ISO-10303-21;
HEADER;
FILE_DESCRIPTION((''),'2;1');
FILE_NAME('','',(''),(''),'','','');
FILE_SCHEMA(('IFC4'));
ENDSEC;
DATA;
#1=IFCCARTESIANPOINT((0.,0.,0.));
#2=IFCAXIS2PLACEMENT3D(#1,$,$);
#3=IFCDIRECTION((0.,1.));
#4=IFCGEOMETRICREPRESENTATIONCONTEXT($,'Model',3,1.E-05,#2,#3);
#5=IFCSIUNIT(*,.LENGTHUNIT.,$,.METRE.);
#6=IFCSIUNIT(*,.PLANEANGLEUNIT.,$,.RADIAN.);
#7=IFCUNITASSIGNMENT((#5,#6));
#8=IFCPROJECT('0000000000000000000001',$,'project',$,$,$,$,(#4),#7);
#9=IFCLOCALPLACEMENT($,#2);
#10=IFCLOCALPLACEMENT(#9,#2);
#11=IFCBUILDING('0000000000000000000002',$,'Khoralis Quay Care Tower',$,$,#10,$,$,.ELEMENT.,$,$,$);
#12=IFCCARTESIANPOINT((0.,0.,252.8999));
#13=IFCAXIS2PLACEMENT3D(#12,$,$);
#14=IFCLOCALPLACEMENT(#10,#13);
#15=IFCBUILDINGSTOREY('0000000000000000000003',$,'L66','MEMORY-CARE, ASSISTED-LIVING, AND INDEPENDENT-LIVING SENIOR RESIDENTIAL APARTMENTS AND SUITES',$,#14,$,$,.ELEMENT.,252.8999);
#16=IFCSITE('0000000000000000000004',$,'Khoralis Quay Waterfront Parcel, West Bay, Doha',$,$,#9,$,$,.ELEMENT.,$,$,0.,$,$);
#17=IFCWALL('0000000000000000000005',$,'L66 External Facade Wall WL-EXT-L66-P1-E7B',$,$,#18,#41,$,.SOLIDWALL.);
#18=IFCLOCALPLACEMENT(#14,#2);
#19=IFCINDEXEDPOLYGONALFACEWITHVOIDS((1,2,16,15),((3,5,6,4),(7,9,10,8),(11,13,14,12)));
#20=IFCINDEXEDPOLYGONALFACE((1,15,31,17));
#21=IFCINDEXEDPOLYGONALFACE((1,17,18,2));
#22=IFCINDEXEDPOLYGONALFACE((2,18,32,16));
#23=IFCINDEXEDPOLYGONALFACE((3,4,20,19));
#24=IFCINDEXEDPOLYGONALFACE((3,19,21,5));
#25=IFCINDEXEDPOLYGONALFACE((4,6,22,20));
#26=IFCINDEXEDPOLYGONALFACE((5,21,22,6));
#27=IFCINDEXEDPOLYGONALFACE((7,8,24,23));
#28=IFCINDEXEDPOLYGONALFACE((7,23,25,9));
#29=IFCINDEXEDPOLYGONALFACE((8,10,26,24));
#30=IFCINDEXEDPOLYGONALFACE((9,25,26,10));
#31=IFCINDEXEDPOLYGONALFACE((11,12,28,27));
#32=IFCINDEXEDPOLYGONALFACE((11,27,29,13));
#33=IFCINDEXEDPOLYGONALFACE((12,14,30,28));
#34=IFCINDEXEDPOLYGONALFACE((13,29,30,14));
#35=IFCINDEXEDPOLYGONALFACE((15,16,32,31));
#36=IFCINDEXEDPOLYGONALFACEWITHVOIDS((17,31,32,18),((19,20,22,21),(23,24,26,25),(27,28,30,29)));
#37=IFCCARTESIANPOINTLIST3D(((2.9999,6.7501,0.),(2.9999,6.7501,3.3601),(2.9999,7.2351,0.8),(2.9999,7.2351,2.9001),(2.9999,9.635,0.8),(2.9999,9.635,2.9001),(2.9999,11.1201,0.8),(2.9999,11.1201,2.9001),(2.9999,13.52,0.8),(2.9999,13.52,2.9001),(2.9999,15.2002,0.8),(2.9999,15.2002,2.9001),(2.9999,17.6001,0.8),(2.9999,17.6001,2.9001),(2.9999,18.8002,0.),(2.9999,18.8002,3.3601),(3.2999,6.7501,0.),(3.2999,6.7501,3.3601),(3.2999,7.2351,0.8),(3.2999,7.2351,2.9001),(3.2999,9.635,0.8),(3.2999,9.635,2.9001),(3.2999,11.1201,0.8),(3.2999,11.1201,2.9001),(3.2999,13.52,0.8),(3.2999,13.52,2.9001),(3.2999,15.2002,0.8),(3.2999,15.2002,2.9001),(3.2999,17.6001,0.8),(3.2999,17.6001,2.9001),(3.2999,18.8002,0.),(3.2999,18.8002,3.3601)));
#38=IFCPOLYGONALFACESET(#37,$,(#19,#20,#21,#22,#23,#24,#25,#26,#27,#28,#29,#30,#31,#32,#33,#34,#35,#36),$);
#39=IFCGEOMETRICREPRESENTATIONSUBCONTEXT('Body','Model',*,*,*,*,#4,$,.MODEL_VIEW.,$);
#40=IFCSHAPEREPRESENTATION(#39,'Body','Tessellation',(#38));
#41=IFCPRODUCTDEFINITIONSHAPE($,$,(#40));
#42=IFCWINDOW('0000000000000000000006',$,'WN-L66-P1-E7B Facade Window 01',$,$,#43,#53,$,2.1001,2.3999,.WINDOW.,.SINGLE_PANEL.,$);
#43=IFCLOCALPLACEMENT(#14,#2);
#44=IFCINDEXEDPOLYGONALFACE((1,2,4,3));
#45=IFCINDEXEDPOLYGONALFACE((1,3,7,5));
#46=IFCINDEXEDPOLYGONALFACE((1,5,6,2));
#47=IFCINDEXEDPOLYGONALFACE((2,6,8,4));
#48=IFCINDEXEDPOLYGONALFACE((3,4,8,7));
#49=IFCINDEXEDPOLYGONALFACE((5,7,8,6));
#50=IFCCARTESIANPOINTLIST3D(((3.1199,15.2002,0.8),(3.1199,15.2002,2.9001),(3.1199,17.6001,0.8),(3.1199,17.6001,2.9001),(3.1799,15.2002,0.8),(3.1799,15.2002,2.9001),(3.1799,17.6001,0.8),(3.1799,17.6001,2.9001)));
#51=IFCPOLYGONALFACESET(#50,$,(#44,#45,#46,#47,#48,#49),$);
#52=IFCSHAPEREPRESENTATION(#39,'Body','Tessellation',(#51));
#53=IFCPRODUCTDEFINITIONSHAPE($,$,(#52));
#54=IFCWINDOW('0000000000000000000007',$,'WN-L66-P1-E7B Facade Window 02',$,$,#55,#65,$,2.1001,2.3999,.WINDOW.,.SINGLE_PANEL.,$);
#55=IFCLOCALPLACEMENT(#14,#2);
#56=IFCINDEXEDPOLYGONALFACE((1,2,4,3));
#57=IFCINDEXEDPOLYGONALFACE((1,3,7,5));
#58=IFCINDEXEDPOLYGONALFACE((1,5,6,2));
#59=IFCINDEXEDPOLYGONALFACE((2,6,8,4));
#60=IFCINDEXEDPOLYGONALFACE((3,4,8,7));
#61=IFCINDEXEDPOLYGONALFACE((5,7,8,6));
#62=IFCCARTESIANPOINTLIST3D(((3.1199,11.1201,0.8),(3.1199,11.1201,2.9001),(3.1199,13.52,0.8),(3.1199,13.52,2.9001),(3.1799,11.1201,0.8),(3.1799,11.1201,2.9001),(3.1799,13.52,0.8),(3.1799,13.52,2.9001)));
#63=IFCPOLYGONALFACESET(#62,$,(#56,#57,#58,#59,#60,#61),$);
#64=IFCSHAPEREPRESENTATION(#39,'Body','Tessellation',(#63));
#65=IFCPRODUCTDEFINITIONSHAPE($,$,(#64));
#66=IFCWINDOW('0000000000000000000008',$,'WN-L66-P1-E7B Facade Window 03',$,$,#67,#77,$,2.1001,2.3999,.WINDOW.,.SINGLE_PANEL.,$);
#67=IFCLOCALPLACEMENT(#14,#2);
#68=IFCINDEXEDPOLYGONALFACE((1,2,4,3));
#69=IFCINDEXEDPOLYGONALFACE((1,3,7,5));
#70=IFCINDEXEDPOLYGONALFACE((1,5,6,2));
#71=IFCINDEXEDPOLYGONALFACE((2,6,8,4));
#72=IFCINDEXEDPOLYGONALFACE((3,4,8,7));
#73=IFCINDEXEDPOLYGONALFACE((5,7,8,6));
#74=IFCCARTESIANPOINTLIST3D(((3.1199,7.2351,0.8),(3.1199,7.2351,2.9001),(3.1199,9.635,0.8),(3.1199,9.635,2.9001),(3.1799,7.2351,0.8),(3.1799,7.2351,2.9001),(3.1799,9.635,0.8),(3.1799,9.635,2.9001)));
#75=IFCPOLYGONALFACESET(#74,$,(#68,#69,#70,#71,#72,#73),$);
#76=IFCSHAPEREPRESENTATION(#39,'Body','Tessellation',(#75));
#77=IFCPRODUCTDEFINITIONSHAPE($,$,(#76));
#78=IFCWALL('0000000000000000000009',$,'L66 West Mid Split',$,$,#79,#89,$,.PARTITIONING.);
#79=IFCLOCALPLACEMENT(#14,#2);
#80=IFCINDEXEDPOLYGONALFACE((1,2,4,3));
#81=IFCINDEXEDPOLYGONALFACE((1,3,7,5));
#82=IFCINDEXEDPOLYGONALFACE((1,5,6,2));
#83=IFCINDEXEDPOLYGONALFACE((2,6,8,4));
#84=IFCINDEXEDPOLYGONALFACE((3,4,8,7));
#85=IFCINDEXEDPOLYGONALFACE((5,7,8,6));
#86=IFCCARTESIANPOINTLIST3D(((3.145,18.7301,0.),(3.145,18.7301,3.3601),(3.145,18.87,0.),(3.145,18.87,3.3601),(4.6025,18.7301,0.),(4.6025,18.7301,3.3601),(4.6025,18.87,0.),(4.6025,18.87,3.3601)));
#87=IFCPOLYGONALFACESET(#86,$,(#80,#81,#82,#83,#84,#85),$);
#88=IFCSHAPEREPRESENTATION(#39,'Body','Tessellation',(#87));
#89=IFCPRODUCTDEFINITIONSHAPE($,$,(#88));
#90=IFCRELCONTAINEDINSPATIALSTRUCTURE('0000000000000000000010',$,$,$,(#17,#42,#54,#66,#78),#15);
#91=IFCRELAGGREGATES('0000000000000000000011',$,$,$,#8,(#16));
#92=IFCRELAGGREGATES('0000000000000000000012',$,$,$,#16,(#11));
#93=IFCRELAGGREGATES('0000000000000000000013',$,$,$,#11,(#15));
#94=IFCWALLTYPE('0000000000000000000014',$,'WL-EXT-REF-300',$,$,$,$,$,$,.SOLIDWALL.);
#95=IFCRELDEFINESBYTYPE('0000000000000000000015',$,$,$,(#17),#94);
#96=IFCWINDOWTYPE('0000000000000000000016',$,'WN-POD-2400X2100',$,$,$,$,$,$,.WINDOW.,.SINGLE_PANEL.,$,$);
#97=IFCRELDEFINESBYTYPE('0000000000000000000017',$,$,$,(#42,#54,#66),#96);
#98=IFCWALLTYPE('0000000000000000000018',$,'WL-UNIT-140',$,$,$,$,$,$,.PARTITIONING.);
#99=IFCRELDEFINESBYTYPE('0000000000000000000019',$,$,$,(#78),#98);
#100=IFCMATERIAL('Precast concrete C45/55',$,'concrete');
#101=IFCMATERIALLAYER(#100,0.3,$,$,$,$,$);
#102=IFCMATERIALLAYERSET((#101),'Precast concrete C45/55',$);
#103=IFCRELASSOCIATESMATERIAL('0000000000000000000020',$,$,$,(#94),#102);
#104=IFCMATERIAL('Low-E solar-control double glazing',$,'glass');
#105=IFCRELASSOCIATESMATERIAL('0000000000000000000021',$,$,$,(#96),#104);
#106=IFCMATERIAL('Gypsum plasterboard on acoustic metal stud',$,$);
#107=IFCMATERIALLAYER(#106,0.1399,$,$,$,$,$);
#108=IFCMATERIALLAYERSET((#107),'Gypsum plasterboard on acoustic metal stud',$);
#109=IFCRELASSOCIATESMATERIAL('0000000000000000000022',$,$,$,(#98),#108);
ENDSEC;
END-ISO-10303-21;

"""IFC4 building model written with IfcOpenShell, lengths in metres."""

from ifc_helpers import new_model, si_unit, direction, frame, frame_2d, origin, place, context, subcontext, project, spatial, rectangle, extrude, source, transform, mapped, material, layer, layer_set, type_object, element, fill, save


model = new_model("IFC4")

# Units and contexts
model_context = context("Model", 3, precision=1e-05, world=origin(), true_north=direction((0.0, 1.0)))
body_context = subcontext(model_context, "Body", "Model", "MODEL_VIEW")
ifc_project = project(units=[si_unit("LENGTHUNIT", "METRE"), si_unit("PLANEANGLEUNIT", "RADIAN")], contexts=[model_context])

# Site, building, storey
site_placement = place(None, origin())
site = spatial("IfcSite", under=ifc_project, at=site_placement, Name="Khoralis Quay Waterfront Parcel, West Bay, Doha", CompositionType="ELEMENT", RefElevation=0.0)
building_placement = place(site_placement, origin())
building = spatial("IfcBuilding", under=site, at=building_placement, Name="Khoralis Quay Care Tower", CompositionType="ELEMENT")
storey_placement = place(building_placement, frame((0.0, 0.0, 252.8999)))
storey = spatial("IfcBuildingStorey", under=building, at=storey_placement, Name="L66", Description="MEMORY-CARE, ASSISTED-LIVING, AND INDEPENDENT-LIVING SENIOR RESIDENTIAL APARTMENTS AND SUITES", CompositionType="ELEMENT", Elevation=252.8999)

# Shared definitions
ifc_material_1 = material(Name="Low-E solar-control double glazing", Category="glass")

# Wall, openings, windows
ifc_material_2 = material(Name="Precast concrete C45/55", Category="concrete")
ifc_layer_1 = layer(ifc_material_2, 0.3)
ifc_layer_set_1 = layer_set([ifc_layer_1], Name="Precast concrete C45/55")
wall_type_1 = type_object("IfcWallType", Name="WL-EXT-REF-300", PredefinedType="SOLIDWALL", material=ifc_layer_set_1)
wall_1_placement = place(storey_placement, frame((3.1499, 18.8, 0.0), z_axis=(0.0, 0.0, 1.0), x_axis=(0.0, -1.0, 0.0)))
wall_1 = element("IfcWall", 1, at=wall_1_placement, inside=storey, type_object=wall_type_1, Name="L66 External Facade Wall WL-EXT-L66-P1-E7B", PredefinedType="SOLIDWALL", context=body_context, shape_type="SweptSolid", body=[
    extrude(rectangle(XDim=12.05, YDim=0.3, at=frame_2d((6.0249, 0.0))), origin(), (0.0, 0.0, 1.0), 3.3601),
])
opening_1_placement = place(wall_1_placement, frame((1.2, 0.0, 0.8)))
opening_1 = element("IfcOpeningElement", 2, at=opening_1_placement, cuts=wall_1, PredefinedType="OPENING", context=body_context, shape_type="SweptSolid", body=[
    extrude(rectangle(XDim=2.3999, YDim=2.1001, at=frame_2d((1.2, 1.05))), frame((0.0, 0.1602, 0.0), z_axis=(0.0, -1.0, 0.0), x_axis=(1.0, 0.0, 0.0)), (0.0, 0.0, 1.0), 0.3201),
])
opening_2_placement = place(wall_1_placement, frame((5.28, 0.0, 0.8)))
opening_2 = element("IfcOpeningElement", 3, at=opening_2_placement, cuts=wall_1, PredefinedType="OPENING", context=body_context, shape_type="SweptSolid", body=[
    extrude(rectangle(XDim=2.3999, YDim=2.1001, at=frame_2d((1.2, 1.05))), frame((0.0, 0.1602, 0.0), z_axis=(0.0, -1.0, 0.0), x_axis=(1.0, 0.0, 0.0)), (0.0, 0.0, 1.0), 0.3201),
])
opening_3_placement = place(wall_1_placement, frame((9.165, 0.0, 0.8)))
opening_3 = element("IfcOpeningElement", 4, at=opening_3_placement, cuts=wall_1, PredefinedType="OPENING", context=body_context, shape_type="SweptSolid", body=[
    extrude(rectangle(XDim=2.3999, YDim=2.1001, at=frame_2d((1.2, 1.05))), frame((0.0, 0.1602, 0.0), z_axis=(0.0, -1.0, 0.0), x_axis=(1.0, 0.0, 0.0)), (0.0, 0.0, 1.0), 0.3201),
])
window_type = type_object("IfcWindowType", Name="WN-POD-2400X2100", PartitioningType="SINGLE_PANEL", PredefinedType="WINDOW", material=ifc_material_1)
shared_shape_1 = source(origin(), body_context, "Body", "SweptSolid", [
    extrude(rectangle(XDim=2.3999, YDim=2.1001, at=frame_2d((1.2, 1.05))), frame((0.0, 0.03, 0.0), z_axis=(0.0, -1.0, 0.0), x_axis=(1.0, 0.0, 0.0)), (0.0, 0.0, 1.0), 0.0601),
])
window_1_placement = place(opening_1_placement, origin())
window_1 = element("IfcWindow", 5, at=window_1_placement, inside=storey, type_object=window_type, Name="WN-L66-P1-E7B Facade Window 01", OverallHeight=2.1001, OverallWidth=2.3999, PartitioningType="SINGLE_PANEL", PredefinedType="WINDOW", context=body_context, shape_type="MappedRepresentation", body=[
    mapped(shared_shape_1, transform((0.0, 0.0, 0.0), scale=1.0)),
])
fill(opening_1, window_1)
window_2_placement = place(opening_2_placement, origin())
window_2 = element("IfcWindow", 6, at=window_2_placement, inside=storey, type_object=window_type, Name="WN-L66-P1-E7B Facade Window 02", OverallHeight=2.1001, OverallWidth=2.3999, PartitioningType="SINGLE_PANEL", PredefinedType="WINDOW", context=body_context, shape_type="MappedRepresentation", body=[
    mapped(shared_shape_1, transform((0.0, 0.0, 0.0), scale=1.0)),
])
fill(opening_2, window_2)
window_3_placement = place(opening_3_placement, origin())
window_3 = element("IfcWindow", 7, at=window_3_placement, inside=storey, type_object=window_type, Name="WN-L66-P1-E7B Facade Window 03", OverallHeight=2.1001, OverallWidth=2.3999, PartitioningType="SINGLE_PANEL", PredefinedType="WINDOW", context=body_context, shape_type="MappedRepresentation", body=[
    mapped(shared_shape_1, transform((0.0, 0.0, 0.0), scale=1.0)),
])
fill(opening_3, window_3)

# Wall
ifc_material_3 = material(Name="Gypsum plasterboard on acoustic metal stud")
ifc_layer_2 = layer(ifc_material_3, 0.1399)
ifc_layer_set_2 = layer_set([ifc_layer_2], Name="Gypsum plasterboard on acoustic metal stud")
wall_type_2 = type_object("IfcWallType", Name="WL-UNIT-140", PredefinedType="PARTITIONING", material=ifc_layer_set_2)
wall_2_placement = place(storey_placement, frame((3.145, 18.8, 0.0), z_axis=(0.0, 0.0, 1.0), x_axis=(1.0, 0.0, 0.0)))
element("IfcWall", 8, at=wall_2_placement, inside=storey, type_object=wall_type_2, Name="L66 West Mid Split", PredefinedType="PARTITIONING", context=body_context, shape_type="SweptSolid", body=[
    extrude(rectangle(XDim=1.4575, YDim=0.1399, at=frame_2d((0.7288, 0.0))), origin(), (0.0, 0.0, 1.0), 3.3601),
])

save(model, "model.ifc")
